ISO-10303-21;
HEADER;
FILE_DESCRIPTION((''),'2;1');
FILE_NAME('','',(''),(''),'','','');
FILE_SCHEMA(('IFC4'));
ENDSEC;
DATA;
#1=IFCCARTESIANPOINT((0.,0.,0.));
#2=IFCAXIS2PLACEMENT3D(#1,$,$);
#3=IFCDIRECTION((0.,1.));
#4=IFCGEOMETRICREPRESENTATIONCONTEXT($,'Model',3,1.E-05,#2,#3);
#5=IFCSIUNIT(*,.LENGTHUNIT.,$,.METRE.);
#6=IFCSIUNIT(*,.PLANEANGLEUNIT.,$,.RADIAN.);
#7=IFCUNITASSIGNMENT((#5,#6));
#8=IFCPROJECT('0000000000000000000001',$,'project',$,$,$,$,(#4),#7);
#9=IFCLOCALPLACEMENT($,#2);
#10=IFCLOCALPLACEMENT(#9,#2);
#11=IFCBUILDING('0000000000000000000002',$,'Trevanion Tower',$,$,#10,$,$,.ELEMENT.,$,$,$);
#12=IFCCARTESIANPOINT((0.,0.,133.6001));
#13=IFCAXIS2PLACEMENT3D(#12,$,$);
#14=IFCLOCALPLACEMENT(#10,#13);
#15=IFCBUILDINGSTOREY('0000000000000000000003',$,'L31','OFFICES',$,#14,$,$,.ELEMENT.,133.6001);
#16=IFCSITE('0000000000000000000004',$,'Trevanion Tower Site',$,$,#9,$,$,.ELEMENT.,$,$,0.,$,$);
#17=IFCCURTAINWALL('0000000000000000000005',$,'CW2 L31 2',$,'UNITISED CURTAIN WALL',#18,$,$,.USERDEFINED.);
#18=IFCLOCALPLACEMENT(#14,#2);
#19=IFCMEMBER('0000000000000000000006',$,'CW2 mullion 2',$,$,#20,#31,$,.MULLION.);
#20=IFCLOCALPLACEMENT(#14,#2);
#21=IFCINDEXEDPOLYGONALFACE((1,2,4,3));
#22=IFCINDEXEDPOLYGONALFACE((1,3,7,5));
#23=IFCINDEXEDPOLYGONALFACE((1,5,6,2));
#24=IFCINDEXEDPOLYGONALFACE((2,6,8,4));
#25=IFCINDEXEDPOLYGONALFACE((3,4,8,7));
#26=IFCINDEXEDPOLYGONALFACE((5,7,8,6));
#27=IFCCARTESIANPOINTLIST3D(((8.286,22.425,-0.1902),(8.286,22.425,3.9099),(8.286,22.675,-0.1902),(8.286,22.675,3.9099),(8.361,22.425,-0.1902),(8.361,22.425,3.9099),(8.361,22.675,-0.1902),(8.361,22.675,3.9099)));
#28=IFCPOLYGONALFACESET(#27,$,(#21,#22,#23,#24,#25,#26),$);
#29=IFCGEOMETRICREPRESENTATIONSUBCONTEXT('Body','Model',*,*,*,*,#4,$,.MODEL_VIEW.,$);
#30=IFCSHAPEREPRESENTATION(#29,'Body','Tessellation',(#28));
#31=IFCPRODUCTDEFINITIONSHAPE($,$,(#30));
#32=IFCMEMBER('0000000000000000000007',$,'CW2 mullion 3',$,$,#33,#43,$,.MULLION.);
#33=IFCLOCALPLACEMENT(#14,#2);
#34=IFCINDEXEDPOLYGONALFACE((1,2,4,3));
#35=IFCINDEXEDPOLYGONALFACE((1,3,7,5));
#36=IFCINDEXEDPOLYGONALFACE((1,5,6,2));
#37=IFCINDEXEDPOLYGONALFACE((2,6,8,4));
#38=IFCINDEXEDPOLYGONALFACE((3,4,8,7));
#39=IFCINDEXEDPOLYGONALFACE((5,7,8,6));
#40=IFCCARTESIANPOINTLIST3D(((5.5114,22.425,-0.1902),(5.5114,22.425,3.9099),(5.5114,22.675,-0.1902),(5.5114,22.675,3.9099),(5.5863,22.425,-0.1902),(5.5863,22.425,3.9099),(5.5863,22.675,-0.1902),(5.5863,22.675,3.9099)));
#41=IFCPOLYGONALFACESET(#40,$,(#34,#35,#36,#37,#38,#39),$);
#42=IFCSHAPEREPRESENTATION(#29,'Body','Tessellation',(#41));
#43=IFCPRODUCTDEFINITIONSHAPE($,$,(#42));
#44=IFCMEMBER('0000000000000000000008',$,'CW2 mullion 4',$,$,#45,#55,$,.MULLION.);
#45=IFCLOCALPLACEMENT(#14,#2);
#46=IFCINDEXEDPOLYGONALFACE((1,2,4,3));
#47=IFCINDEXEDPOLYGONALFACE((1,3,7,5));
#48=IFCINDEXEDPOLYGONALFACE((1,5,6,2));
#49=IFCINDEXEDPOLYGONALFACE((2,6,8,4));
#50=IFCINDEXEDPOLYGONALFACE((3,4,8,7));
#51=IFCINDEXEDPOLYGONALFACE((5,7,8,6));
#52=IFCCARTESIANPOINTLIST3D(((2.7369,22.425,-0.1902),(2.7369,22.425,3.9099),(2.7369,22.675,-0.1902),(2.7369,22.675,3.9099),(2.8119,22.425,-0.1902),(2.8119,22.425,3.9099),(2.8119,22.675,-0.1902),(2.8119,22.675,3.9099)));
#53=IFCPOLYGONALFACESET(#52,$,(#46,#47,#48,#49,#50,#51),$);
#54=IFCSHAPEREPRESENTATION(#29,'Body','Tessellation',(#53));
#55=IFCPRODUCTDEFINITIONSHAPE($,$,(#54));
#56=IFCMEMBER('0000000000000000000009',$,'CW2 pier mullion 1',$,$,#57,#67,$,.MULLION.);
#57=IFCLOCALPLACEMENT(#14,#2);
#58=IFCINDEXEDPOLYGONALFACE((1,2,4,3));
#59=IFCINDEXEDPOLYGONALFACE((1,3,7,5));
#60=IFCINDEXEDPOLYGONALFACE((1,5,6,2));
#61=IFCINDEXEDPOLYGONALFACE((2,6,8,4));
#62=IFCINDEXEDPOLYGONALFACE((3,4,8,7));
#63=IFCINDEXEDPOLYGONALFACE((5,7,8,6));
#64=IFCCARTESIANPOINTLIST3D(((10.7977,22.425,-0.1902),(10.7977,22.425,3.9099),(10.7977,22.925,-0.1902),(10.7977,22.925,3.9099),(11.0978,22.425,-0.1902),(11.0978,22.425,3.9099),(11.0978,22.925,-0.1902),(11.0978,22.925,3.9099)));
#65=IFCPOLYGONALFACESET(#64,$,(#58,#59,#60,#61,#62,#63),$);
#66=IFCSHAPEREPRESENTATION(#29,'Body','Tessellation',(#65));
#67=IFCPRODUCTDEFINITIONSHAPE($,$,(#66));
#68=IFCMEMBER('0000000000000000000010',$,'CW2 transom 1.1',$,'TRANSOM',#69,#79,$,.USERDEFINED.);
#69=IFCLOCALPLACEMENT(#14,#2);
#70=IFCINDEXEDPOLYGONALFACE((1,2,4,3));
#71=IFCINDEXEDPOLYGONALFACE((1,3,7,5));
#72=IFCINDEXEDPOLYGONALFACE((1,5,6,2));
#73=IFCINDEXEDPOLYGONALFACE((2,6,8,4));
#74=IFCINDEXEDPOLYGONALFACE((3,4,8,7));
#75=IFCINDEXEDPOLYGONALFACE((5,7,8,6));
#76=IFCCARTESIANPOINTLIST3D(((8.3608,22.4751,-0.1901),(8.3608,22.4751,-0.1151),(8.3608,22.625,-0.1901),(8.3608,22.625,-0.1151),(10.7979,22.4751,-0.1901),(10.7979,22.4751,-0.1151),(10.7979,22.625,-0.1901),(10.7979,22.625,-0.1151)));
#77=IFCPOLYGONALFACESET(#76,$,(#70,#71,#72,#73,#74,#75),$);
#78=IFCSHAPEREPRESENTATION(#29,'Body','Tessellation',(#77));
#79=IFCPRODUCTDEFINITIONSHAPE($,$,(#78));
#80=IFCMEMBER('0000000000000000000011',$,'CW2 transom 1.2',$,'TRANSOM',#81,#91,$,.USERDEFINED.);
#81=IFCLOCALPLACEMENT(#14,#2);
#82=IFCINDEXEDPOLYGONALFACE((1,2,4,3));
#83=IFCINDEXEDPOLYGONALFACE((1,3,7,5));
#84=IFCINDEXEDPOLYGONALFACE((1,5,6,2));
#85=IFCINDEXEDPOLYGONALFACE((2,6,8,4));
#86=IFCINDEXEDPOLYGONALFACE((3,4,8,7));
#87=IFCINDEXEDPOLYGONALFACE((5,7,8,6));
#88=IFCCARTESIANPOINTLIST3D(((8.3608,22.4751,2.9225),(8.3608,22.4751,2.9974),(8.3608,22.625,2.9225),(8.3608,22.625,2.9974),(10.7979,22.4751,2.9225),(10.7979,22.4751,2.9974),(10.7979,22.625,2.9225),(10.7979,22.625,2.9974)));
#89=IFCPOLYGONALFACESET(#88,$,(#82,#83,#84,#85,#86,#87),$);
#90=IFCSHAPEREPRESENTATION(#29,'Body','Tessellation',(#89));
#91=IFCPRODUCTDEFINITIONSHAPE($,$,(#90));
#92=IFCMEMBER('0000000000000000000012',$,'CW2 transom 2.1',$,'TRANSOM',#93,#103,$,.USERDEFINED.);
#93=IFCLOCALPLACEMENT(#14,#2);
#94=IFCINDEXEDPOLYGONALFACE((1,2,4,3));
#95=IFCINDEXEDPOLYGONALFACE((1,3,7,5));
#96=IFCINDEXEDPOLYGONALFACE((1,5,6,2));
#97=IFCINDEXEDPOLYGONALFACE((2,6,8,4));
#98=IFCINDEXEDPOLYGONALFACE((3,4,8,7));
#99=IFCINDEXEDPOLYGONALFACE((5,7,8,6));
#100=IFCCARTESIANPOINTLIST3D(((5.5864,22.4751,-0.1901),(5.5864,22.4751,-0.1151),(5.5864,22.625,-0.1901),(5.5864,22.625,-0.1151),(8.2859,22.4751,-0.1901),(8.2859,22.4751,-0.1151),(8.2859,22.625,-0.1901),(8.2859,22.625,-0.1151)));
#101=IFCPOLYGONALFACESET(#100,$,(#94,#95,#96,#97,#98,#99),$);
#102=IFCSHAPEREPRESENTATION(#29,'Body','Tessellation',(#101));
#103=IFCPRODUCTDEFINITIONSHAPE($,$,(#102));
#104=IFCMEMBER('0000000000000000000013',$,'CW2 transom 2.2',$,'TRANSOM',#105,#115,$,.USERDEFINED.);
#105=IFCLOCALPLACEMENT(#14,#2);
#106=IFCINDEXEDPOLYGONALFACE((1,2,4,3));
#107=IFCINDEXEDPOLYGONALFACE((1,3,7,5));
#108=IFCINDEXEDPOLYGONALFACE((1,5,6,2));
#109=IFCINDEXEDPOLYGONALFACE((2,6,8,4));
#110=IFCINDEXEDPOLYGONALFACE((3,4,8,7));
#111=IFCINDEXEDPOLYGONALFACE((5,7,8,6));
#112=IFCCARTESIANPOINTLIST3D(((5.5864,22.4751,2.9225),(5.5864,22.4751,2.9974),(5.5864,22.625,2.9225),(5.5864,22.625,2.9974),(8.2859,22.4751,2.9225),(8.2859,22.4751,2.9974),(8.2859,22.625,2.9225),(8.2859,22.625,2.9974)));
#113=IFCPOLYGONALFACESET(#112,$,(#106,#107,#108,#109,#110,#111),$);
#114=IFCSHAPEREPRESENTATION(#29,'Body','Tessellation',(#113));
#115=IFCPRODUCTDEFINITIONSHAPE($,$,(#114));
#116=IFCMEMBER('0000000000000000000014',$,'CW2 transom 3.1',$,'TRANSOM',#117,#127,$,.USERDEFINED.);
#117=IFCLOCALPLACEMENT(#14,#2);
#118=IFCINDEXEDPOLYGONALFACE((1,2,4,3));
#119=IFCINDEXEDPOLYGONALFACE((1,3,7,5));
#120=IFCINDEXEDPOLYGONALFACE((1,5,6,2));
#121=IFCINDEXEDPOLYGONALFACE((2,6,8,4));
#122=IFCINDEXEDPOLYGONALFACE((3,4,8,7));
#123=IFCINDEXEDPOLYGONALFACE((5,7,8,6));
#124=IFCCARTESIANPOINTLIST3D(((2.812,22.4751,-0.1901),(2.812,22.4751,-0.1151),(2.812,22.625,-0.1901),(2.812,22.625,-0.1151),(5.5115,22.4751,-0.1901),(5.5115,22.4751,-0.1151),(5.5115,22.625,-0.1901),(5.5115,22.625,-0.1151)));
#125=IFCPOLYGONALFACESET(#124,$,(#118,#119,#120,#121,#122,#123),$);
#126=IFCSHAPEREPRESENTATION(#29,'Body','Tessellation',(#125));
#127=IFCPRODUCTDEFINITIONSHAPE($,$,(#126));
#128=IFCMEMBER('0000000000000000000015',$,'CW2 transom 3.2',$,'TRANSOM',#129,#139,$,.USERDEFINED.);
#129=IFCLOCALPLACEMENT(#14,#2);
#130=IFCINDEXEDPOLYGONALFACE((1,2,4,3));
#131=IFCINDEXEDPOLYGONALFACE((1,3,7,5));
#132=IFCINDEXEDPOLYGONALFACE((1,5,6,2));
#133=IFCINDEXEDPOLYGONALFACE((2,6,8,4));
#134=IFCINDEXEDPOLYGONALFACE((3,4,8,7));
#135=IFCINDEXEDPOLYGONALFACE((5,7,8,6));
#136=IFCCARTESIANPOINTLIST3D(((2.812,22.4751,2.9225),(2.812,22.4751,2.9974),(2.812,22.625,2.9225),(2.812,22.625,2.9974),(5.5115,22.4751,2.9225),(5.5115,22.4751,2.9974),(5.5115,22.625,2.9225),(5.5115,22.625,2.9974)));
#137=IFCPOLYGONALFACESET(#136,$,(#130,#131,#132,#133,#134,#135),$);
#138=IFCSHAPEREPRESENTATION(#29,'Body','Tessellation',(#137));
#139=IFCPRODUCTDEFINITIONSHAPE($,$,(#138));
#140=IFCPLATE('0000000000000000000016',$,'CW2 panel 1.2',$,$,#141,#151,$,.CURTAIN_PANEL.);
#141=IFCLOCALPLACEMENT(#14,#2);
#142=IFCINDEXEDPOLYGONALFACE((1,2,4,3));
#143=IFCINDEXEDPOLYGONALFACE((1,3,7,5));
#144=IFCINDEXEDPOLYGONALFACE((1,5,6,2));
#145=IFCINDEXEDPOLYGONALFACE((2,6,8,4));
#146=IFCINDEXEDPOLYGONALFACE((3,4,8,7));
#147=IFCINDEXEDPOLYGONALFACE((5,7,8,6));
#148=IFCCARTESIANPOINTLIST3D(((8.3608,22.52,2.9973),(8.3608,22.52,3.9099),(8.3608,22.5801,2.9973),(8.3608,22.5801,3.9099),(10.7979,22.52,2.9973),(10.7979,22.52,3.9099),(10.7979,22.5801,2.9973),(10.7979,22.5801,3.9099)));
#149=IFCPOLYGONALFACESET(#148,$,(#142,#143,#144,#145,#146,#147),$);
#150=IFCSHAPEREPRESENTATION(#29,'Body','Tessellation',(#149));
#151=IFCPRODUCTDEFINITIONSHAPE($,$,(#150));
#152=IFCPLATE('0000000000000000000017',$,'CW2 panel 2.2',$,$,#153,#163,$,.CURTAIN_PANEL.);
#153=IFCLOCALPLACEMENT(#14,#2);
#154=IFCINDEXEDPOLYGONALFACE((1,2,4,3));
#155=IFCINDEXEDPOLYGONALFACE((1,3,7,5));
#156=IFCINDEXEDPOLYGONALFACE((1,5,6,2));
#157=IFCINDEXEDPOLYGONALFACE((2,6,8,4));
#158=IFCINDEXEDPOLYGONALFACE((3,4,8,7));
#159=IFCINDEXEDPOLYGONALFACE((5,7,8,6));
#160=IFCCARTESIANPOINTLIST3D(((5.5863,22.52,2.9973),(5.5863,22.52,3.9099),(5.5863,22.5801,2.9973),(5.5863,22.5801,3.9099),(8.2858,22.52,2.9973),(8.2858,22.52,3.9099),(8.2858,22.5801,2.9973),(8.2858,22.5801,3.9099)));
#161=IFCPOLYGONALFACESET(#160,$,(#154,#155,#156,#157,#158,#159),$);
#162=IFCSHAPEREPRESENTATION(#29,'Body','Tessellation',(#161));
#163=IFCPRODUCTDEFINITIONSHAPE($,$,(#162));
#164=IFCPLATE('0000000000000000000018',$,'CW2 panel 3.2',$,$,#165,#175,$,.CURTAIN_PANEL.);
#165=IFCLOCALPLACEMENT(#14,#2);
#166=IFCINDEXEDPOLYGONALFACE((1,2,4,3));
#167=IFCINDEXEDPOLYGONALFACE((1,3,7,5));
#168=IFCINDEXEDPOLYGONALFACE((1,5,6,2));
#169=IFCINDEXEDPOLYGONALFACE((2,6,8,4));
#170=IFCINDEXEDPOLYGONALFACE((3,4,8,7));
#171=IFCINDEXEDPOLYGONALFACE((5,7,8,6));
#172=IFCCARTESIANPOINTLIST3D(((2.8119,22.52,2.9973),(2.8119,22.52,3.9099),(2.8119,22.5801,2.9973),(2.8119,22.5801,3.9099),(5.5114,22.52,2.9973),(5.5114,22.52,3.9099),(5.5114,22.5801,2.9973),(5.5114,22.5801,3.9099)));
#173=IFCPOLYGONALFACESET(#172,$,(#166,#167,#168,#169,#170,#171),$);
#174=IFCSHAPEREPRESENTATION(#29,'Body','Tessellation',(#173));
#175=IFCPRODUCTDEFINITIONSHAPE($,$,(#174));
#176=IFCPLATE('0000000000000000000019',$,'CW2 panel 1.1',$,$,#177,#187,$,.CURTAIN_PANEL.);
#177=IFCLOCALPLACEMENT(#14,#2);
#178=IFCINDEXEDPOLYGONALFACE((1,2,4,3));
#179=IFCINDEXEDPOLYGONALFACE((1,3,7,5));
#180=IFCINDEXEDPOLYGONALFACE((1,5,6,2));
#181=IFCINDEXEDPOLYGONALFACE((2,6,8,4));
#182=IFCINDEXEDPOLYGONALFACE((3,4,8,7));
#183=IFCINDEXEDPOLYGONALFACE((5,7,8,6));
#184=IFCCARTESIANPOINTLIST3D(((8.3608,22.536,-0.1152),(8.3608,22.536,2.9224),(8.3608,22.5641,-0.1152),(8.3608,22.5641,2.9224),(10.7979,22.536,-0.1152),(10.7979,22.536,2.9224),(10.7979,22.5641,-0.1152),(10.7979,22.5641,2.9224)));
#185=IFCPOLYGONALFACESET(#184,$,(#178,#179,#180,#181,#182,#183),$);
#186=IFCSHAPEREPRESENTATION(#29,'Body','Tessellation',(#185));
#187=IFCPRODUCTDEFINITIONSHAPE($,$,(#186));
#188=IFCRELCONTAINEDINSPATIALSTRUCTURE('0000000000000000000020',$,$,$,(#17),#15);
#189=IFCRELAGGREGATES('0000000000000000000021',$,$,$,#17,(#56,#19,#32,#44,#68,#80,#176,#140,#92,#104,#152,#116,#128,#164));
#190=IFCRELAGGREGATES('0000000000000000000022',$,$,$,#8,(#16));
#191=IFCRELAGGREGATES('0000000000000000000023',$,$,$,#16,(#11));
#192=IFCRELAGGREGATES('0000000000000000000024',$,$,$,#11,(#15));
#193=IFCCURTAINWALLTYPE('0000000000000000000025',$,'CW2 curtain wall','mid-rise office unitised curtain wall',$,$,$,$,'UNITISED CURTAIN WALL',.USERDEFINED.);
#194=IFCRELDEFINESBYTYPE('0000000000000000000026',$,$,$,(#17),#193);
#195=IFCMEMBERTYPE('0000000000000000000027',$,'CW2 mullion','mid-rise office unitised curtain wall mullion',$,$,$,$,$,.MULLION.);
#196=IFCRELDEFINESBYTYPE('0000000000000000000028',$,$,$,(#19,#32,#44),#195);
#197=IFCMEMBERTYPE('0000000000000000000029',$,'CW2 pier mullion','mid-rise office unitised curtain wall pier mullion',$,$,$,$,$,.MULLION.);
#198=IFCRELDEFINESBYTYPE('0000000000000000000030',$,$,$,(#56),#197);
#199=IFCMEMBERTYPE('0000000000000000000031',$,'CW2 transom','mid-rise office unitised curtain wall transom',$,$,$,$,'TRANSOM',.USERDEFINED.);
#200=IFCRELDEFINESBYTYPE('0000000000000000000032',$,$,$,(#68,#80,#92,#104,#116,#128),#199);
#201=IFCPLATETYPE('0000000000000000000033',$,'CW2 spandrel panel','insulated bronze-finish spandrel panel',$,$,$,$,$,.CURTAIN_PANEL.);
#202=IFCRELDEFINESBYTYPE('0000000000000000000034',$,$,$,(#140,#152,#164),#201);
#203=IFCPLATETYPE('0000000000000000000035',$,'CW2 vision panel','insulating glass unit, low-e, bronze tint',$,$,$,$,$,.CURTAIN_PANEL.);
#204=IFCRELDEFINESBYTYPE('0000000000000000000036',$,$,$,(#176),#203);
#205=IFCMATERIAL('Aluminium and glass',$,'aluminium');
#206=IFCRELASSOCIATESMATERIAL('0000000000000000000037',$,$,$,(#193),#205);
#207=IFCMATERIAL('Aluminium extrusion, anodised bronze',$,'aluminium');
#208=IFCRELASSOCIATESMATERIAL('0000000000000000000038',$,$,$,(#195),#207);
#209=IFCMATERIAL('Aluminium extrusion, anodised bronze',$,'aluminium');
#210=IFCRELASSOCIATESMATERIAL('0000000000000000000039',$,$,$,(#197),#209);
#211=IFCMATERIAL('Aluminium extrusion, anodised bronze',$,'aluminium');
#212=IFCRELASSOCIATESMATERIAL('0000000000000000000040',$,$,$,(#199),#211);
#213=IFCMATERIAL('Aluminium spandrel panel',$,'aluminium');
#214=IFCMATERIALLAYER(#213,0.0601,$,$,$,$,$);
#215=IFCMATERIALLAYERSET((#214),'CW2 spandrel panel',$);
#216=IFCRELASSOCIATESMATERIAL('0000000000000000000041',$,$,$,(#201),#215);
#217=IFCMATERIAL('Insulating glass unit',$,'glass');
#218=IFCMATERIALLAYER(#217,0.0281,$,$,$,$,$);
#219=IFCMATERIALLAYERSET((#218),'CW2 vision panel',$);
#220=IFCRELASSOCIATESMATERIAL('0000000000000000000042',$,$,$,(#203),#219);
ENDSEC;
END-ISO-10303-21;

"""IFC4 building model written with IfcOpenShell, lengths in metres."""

from ifc_helpers import new_model, si_unit, direction, frame, origin, origin_2d, place, context, subcontext, project, spatial, rectangle, extrude, material, layer, layer_set, material_profile, profile_set, type_object, element, aggregate, save


model = new_model("IFC4")

# Units and contexts
model_context = context("Model", 3, precision=1e-05, world=origin(), true_north=direction((0.0, 1.0)))
body_context = subcontext(model_context, "Body", "Model", "MODEL_VIEW")
ifc_project = project(units=[si_unit("LENGTHUNIT", "METRE"), si_unit("PLANEANGLEUNIT", "RADIAN")], contexts=[model_context])

# Site, building, storey
site_placement = place(None, origin())
site = spatial("IfcSite", under=ifc_project, at=site_placement, Name="Trevanion Tower Site", CompositionType="ELEMENT", RefElevation=0.0)
building_placement = place(site_placement, origin())
building = spatial("IfcBuilding", under=site, at=building_placement, Name="Trevanion Tower", CompositionType="ELEMENT")
storey_placement = place(building_placement, frame((0.0, 0.0, 133.6001)))
storey = spatial("IfcBuildingStorey", under=building, at=storey_placement, Name="L31", Description="OFFICES", CompositionType="ELEMENT", Elevation=133.6001)

# Curtain wall, members, plates
ifc_material_1 = material(Name="Aluminium and glass", Category="aluminium")
curtain_wall_type = type_object("IfcCurtainWallType", Name="CW2 curtain wall", Description="mid-rise office unitised curtain wall", ElementType="UNITISED CURTAIN WALL", PredefinedType="USERDEFINED", material=ifc_material_1)
curtain_wall_placement = place(storey_placement, origin())
curtain_wall = element("IfcCurtainWall", 1, at=curtain_wall_placement, inside=storey, type_object=curtain_wall_type, Name="CW2 L31 2", ObjectType="UNITISED CURTAIN WALL", PredefinedType="USERDEFINED")
ifc_material_2 = material(Name="Aluminium extrusion, anodised bronze", Category="aluminium")
ifc_material_profile_1 = material_profile(ifc_material_2, rectangle(XDim=0.075, YDim=0.25, at=origin_2d()), Name="CW2 mullion")
ifc_profile_set_1 = profile_set([ifc_material_profile_1], Name="Aluminium extrusion, anodised bronze")
member_type_1 = type_object("IfcMemberType", Name="CW2 mullion", Description="mid-rise office unitised curtain wall mullion", PredefinedType="MULLION", material=ifc_profile_set_1)
member_1_placement = place(storey_placement, frame((8.3235, 22.55, -0.1902), z_axis=(0.0, 0.0, 1.0), x_axis=(-1.0, 0.0, 0.0)))
member_1 = element("IfcMember", 2, at=member_1_placement, type_object=member_type_1, Name="CW2 mullion 2", PredefinedType="MULLION", context=body_context, shape_type="SweptSolid", body=[
    extrude(rectangle(XDim=0.075, YDim=0.25, at=origin_2d()), origin(), (0.0, 0.0, 1.0), 4.1001),
])
member_2_placement = place(storey_placement, frame((5.5488, 22.55, -0.1902), z_axis=(0.0, 0.0, 1.0), x_axis=(-1.0, 0.0, 0.0)))
member_2 = element("IfcMember", 3, at=member_2_placement, type_object=member_type_1, Name="CW2 mullion 3", PredefinedType="MULLION", context=body_context, shape_type="SweptSolid", body=[
    extrude(rectangle(XDim=0.075, YDim=0.25, at=origin_2d()), origin(), (0.0, 0.0, 1.0), 4.1001),
])
member_3_placement = place(storey_placement, frame((2.7744, 22.55, -0.1902), z_axis=(0.0, 0.0, 1.0), x_axis=(-1.0, 0.0, 0.0)))
member_3 = element("IfcMember", 4, at=member_3_placement, type_object=member_type_1, Name="CW2 mullion 4", PredefinedType="MULLION", context=body_context, shape_type="SweptSolid", body=[
    extrude(rectangle(XDim=0.075, YDim=0.25, at=origin_2d()), origin(), (0.0, 0.0, 1.0), 4.1001),
])
ifc_material_3 = material(Name="Aluminium extrusion, anodised bronze", Category="aluminium")
ifc_material_profile_2 = material_profile(ifc_material_3, rectangle(XDim=0.3, YDim=0.5, at=origin_2d()), Name="CW2 pier mullion")
ifc_profile_set_2 = profile_set([ifc_material_profile_2], Name="Aluminium extrusion, anodised bronze")
member_type_2 = type_object("IfcMemberType", Name="CW2 pier mullion", Description="mid-rise office unitised curtain wall pier mullion", PredefinedType="MULLION", material=ifc_profile_set_2)
member_4_placement = place(storey_placement, frame((10.9478, 22.675, -0.1902), z_axis=(0.0, 0.0, 1.0), x_axis=(-1.0, 0.0, 0.0)))
member_4 = element("IfcMember", 5, at=member_4_placement, type_object=member_type_2, Name="CW2 pier mullion 1", PredefinedType="MULLION", context=body_context, shape_type="SweptSolid", body=[
    extrude(rectangle(XDim=0.3, YDim=0.5, at=origin_2d()), origin(), (0.0, 0.0, 1.0), 4.1001),
])
ifc_material_4 = material(Name="Aluminium extrusion, anodised bronze", Category="aluminium")
ifc_material_profile_3 = material_profile(ifc_material_4, rectangle(XDim=0.1499, YDim=0.075, at=origin_2d()), Name="CW2 transom")
ifc_profile_set_3 = profile_set([ifc_material_profile_3], Name="Aluminium extrusion, anodised bronze")
member_type_3 = type_object("IfcMemberType", Name="CW2 transom", Description="mid-rise office unitised curtain wall transom", ElementType="TRANSOM", PredefinedType="USERDEFINED", material=ifc_profile_set_3)
member_5_placement = place(storey_placement, frame((10.7979, 22.55, -0.1526), z_axis=(-1.0, 0.0, 0.0), x_axis=(0.0, -1.0, 0.0)))
member_5 = element("IfcMember", 6, at=member_5_placement, type_object=member_type_3, Name="CW2 transom 1.1", ObjectType="TRANSOM", PredefinedType="USERDEFINED", context=body_context, shape_type="SweptSolid", body=[
    extrude(rectangle(XDim=0.1499, YDim=0.075, at=origin_2d()), origin(), (0.0, 0.0, 1.0), 2.437),
])
member_6_placement = place(storey_placement, frame((10.7979, 22.55, 2.96), z_axis=(-1.0, 0.0, 0.0), x_axis=(0.0, -1.0, 0.0)))
member_6 = element("IfcMember", 7, at=member_6_placement, type_object=member_type_3, Name="CW2 transom 1.2", ObjectType="TRANSOM", PredefinedType="USERDEFINED", context=body_context, shape_type="SweptSolid", body=[
    extrude(rectangle(XDim=0.1499, YDim=0.075, at=origin_2d()), origin(), (0.0, 0.0, 1.0), 2.437),
])
member_7_placement = place(storey_placement, frame((8.2859, 22.55, -0.1526), z_axis=(-1.0, 0.0, 0.0), x_axis=(0.0, -1.0, 0.0)))
member_7 = element("IfcMember", 8, at=member_7_placement, type_object=member_type_3, Name="CW2 transom 2.1", ObjectType="TRANSOM", PredefinedType="USERDEFINED", context=body_context, shape_type="SweptSolid", body=[
    extrude(rectangle(XDim=0.1499, YDim=0.075, at=origin_2d()), origin(), (0.0, 0.0, 1.0), 2.6995),
])
member_8_placement = place(storey_placement, frame((8.2859, 22.55, 2.96), z_axis=(-1.0, 0.0, 0.0), x_axis=(0.0, -1.0, 0.0)))
member_8 = element("IfcMember", 9, at=member_8_placement, type_object=member_type_3, Name="CW2 transom 2.2", ObjectType="TRANSOM", PredefinedType="USERDEFINED", context=body_context, shape_type="SweptSolid", body=[
    extrude(rectangle(XDim=0.1499, YDim=0.075, at=origin_2d()), origin(), (0.0, 0.0, 1.0), 2.6995),
])
member_9_placement = place(storey_placement, frame((5.5115, 22.55, -0.1526), z_axis=(-1.0, 0.0, 0.0), x_axis=(0.0, -1.0, 0.0)))
member_9 = element("IfcMember", 10, at=member_9_placement, type_object=member_type_3, Name="CW2 transom 3.1", ObjectType="TRANSOM", PredefinedType="USERDEFINED", context=body_context, shape_type="SweptSolid", body=[
    extrude(rectangle(XDim=0.1499, YDim=0.075, at=origin_2d()), origin(), (0.0, 0.0, 1.0), 2.6995),
])
member_10_placement = place(storey_placement, frame((5.5115, 22.55, 2.96), z_axis=(-1.0, 0.0, 0.0), x_axis=(0.0, -1.0, 0.0)))
member_10 = element("IfcMember", 11, at=member_10_placement, type_object=member_type_3, Name="CW2 transom 3.2", ObjectType="TRANSOM", PredefinedType="USERDEFINED", context=body_context, shape_type="SweptSolid", body=[
    extrude(rectangle(XDim=0.1499, YDim=0.075, at=origin_2d()), origin(), (0.0, 0.0, 1.0), 2.6995),
])
ifc_material_5 = material(Name="Aluminium spandrel panel", Category="aluminium")
ifc_layer_1 = layer(ifc_material_5, 0.0601)
ifc_layer_set_1 = layer_set([ifc_layer_1], Name="CW2 spandrel panel")
plate_type_1 = type_object("IfcPlateType", Name="CW2 spandrel panel", Description="insulated bronze-finish spandrel panel", PredefinedType="CURTAIN_PANEL", material=ifc_layer_set_1)
plate_1_placement = place(storey_placement, frame((9.5793, 22.55, 2.9973), z_axis=(0.0, 0.0, 1.0), x_axis=(-1.0, 0.0, 0.0)))
plate_1 = element("IfcPlate", 12, at=plate_1_placement, type_object=plate_type_1, Name="CW2 panel 1.2", PredefinedType="CURTAIN_PANEL", context=body_context, shape_type="SweptSolid", body=[
    extrude(rectangle(XDim=2.437, YDim=0.0601, at=origin_2d()), origin(), (0.0, 0.0, 1.0), 0.9126),
])
plate_2_placement = place(storey_placement, frame((6.936, 22.55, 2.9973), z_axis=(0.0, 0.0, 1.0), x_axis=(-1.0, 0.0, 0.0)))
plate_2 = element("IfcPlate", 13, at=plate_2_placement, type_object=plate_type_1, Name="CW2 panel 2.2", PredefinedType="CURTAIN_PANEL", context=body_context, shape_type="SweptSolid", body=[
    extrude(rectangle(XDim=2.6995, YDim=0.0601, at=origin_2d()), origin(), (0.0, 0.0, 1.0), 0.9126),
])
plate_3_placement = place(storey_placement, frame((4.1616, 22.55, 2.9973), z_axis=(0.0, 0.0, 1.0), x_axis=(-1.0, 0.0, 0.0)))
plate_3 = element("IfcPlate", 14, at=plate_3_placement, type_object=plate_type_1, Name="CW2 panel 3.2", PredefinedType="CURTAIN_PANEL", context=body_context, shape_type="SweptSolid", body=[
    extrude(rectangle(XDim=2.6995, YDim=0.0601, at=origin_2d()), origin(), (0.0, 0.0, 1.0), 0.9126),
])
ifc_material_6 = material(Name="Insulating glass unit", Category="glass")
ifc_layer_2 = layer(ifc_material_6, 0.0281)
ifc_layer_set_2 = layer_set([ifc_layer_2], Name="CW2 vision panel")
plate_type_2 = type_object("IfcPlateType", Name="CW2 vision panel", Description="insulating glass unit, low-e, bronze tint", PredefinedType="CURTAIN_PANEL", material=ifc_layer_set_2)
plate_4_placement = place(storey_placement, frame((9.5793, 22.55, -0.1152), z_axis=(0.0, 0.0, 1.0), x_axis=(-1.0, 0.0, 0.0)))
plate_4 = element("IfcPlate", 15, at=plate_4_placement, type_object=plate_type_2, Name="CW2 panel 1.1", PredefinedType="CURTAIN_PANEL", context=body_context, shape_type="SweptSolid", body=[
    extrude(rectangle(XDim=2.437, YDim=0.0281, at=origin_2d()), origin(), (0.0, 0.0, 1.0), 3.0376),
])
aggregate(curtain_wall, [member_4, member_1, member_2, member_3, member_5, member_6, plate_4, plate_1, member_7, member_8, plate_2, member_9, member_10, plate_3])

save(model, "model.ifc")
